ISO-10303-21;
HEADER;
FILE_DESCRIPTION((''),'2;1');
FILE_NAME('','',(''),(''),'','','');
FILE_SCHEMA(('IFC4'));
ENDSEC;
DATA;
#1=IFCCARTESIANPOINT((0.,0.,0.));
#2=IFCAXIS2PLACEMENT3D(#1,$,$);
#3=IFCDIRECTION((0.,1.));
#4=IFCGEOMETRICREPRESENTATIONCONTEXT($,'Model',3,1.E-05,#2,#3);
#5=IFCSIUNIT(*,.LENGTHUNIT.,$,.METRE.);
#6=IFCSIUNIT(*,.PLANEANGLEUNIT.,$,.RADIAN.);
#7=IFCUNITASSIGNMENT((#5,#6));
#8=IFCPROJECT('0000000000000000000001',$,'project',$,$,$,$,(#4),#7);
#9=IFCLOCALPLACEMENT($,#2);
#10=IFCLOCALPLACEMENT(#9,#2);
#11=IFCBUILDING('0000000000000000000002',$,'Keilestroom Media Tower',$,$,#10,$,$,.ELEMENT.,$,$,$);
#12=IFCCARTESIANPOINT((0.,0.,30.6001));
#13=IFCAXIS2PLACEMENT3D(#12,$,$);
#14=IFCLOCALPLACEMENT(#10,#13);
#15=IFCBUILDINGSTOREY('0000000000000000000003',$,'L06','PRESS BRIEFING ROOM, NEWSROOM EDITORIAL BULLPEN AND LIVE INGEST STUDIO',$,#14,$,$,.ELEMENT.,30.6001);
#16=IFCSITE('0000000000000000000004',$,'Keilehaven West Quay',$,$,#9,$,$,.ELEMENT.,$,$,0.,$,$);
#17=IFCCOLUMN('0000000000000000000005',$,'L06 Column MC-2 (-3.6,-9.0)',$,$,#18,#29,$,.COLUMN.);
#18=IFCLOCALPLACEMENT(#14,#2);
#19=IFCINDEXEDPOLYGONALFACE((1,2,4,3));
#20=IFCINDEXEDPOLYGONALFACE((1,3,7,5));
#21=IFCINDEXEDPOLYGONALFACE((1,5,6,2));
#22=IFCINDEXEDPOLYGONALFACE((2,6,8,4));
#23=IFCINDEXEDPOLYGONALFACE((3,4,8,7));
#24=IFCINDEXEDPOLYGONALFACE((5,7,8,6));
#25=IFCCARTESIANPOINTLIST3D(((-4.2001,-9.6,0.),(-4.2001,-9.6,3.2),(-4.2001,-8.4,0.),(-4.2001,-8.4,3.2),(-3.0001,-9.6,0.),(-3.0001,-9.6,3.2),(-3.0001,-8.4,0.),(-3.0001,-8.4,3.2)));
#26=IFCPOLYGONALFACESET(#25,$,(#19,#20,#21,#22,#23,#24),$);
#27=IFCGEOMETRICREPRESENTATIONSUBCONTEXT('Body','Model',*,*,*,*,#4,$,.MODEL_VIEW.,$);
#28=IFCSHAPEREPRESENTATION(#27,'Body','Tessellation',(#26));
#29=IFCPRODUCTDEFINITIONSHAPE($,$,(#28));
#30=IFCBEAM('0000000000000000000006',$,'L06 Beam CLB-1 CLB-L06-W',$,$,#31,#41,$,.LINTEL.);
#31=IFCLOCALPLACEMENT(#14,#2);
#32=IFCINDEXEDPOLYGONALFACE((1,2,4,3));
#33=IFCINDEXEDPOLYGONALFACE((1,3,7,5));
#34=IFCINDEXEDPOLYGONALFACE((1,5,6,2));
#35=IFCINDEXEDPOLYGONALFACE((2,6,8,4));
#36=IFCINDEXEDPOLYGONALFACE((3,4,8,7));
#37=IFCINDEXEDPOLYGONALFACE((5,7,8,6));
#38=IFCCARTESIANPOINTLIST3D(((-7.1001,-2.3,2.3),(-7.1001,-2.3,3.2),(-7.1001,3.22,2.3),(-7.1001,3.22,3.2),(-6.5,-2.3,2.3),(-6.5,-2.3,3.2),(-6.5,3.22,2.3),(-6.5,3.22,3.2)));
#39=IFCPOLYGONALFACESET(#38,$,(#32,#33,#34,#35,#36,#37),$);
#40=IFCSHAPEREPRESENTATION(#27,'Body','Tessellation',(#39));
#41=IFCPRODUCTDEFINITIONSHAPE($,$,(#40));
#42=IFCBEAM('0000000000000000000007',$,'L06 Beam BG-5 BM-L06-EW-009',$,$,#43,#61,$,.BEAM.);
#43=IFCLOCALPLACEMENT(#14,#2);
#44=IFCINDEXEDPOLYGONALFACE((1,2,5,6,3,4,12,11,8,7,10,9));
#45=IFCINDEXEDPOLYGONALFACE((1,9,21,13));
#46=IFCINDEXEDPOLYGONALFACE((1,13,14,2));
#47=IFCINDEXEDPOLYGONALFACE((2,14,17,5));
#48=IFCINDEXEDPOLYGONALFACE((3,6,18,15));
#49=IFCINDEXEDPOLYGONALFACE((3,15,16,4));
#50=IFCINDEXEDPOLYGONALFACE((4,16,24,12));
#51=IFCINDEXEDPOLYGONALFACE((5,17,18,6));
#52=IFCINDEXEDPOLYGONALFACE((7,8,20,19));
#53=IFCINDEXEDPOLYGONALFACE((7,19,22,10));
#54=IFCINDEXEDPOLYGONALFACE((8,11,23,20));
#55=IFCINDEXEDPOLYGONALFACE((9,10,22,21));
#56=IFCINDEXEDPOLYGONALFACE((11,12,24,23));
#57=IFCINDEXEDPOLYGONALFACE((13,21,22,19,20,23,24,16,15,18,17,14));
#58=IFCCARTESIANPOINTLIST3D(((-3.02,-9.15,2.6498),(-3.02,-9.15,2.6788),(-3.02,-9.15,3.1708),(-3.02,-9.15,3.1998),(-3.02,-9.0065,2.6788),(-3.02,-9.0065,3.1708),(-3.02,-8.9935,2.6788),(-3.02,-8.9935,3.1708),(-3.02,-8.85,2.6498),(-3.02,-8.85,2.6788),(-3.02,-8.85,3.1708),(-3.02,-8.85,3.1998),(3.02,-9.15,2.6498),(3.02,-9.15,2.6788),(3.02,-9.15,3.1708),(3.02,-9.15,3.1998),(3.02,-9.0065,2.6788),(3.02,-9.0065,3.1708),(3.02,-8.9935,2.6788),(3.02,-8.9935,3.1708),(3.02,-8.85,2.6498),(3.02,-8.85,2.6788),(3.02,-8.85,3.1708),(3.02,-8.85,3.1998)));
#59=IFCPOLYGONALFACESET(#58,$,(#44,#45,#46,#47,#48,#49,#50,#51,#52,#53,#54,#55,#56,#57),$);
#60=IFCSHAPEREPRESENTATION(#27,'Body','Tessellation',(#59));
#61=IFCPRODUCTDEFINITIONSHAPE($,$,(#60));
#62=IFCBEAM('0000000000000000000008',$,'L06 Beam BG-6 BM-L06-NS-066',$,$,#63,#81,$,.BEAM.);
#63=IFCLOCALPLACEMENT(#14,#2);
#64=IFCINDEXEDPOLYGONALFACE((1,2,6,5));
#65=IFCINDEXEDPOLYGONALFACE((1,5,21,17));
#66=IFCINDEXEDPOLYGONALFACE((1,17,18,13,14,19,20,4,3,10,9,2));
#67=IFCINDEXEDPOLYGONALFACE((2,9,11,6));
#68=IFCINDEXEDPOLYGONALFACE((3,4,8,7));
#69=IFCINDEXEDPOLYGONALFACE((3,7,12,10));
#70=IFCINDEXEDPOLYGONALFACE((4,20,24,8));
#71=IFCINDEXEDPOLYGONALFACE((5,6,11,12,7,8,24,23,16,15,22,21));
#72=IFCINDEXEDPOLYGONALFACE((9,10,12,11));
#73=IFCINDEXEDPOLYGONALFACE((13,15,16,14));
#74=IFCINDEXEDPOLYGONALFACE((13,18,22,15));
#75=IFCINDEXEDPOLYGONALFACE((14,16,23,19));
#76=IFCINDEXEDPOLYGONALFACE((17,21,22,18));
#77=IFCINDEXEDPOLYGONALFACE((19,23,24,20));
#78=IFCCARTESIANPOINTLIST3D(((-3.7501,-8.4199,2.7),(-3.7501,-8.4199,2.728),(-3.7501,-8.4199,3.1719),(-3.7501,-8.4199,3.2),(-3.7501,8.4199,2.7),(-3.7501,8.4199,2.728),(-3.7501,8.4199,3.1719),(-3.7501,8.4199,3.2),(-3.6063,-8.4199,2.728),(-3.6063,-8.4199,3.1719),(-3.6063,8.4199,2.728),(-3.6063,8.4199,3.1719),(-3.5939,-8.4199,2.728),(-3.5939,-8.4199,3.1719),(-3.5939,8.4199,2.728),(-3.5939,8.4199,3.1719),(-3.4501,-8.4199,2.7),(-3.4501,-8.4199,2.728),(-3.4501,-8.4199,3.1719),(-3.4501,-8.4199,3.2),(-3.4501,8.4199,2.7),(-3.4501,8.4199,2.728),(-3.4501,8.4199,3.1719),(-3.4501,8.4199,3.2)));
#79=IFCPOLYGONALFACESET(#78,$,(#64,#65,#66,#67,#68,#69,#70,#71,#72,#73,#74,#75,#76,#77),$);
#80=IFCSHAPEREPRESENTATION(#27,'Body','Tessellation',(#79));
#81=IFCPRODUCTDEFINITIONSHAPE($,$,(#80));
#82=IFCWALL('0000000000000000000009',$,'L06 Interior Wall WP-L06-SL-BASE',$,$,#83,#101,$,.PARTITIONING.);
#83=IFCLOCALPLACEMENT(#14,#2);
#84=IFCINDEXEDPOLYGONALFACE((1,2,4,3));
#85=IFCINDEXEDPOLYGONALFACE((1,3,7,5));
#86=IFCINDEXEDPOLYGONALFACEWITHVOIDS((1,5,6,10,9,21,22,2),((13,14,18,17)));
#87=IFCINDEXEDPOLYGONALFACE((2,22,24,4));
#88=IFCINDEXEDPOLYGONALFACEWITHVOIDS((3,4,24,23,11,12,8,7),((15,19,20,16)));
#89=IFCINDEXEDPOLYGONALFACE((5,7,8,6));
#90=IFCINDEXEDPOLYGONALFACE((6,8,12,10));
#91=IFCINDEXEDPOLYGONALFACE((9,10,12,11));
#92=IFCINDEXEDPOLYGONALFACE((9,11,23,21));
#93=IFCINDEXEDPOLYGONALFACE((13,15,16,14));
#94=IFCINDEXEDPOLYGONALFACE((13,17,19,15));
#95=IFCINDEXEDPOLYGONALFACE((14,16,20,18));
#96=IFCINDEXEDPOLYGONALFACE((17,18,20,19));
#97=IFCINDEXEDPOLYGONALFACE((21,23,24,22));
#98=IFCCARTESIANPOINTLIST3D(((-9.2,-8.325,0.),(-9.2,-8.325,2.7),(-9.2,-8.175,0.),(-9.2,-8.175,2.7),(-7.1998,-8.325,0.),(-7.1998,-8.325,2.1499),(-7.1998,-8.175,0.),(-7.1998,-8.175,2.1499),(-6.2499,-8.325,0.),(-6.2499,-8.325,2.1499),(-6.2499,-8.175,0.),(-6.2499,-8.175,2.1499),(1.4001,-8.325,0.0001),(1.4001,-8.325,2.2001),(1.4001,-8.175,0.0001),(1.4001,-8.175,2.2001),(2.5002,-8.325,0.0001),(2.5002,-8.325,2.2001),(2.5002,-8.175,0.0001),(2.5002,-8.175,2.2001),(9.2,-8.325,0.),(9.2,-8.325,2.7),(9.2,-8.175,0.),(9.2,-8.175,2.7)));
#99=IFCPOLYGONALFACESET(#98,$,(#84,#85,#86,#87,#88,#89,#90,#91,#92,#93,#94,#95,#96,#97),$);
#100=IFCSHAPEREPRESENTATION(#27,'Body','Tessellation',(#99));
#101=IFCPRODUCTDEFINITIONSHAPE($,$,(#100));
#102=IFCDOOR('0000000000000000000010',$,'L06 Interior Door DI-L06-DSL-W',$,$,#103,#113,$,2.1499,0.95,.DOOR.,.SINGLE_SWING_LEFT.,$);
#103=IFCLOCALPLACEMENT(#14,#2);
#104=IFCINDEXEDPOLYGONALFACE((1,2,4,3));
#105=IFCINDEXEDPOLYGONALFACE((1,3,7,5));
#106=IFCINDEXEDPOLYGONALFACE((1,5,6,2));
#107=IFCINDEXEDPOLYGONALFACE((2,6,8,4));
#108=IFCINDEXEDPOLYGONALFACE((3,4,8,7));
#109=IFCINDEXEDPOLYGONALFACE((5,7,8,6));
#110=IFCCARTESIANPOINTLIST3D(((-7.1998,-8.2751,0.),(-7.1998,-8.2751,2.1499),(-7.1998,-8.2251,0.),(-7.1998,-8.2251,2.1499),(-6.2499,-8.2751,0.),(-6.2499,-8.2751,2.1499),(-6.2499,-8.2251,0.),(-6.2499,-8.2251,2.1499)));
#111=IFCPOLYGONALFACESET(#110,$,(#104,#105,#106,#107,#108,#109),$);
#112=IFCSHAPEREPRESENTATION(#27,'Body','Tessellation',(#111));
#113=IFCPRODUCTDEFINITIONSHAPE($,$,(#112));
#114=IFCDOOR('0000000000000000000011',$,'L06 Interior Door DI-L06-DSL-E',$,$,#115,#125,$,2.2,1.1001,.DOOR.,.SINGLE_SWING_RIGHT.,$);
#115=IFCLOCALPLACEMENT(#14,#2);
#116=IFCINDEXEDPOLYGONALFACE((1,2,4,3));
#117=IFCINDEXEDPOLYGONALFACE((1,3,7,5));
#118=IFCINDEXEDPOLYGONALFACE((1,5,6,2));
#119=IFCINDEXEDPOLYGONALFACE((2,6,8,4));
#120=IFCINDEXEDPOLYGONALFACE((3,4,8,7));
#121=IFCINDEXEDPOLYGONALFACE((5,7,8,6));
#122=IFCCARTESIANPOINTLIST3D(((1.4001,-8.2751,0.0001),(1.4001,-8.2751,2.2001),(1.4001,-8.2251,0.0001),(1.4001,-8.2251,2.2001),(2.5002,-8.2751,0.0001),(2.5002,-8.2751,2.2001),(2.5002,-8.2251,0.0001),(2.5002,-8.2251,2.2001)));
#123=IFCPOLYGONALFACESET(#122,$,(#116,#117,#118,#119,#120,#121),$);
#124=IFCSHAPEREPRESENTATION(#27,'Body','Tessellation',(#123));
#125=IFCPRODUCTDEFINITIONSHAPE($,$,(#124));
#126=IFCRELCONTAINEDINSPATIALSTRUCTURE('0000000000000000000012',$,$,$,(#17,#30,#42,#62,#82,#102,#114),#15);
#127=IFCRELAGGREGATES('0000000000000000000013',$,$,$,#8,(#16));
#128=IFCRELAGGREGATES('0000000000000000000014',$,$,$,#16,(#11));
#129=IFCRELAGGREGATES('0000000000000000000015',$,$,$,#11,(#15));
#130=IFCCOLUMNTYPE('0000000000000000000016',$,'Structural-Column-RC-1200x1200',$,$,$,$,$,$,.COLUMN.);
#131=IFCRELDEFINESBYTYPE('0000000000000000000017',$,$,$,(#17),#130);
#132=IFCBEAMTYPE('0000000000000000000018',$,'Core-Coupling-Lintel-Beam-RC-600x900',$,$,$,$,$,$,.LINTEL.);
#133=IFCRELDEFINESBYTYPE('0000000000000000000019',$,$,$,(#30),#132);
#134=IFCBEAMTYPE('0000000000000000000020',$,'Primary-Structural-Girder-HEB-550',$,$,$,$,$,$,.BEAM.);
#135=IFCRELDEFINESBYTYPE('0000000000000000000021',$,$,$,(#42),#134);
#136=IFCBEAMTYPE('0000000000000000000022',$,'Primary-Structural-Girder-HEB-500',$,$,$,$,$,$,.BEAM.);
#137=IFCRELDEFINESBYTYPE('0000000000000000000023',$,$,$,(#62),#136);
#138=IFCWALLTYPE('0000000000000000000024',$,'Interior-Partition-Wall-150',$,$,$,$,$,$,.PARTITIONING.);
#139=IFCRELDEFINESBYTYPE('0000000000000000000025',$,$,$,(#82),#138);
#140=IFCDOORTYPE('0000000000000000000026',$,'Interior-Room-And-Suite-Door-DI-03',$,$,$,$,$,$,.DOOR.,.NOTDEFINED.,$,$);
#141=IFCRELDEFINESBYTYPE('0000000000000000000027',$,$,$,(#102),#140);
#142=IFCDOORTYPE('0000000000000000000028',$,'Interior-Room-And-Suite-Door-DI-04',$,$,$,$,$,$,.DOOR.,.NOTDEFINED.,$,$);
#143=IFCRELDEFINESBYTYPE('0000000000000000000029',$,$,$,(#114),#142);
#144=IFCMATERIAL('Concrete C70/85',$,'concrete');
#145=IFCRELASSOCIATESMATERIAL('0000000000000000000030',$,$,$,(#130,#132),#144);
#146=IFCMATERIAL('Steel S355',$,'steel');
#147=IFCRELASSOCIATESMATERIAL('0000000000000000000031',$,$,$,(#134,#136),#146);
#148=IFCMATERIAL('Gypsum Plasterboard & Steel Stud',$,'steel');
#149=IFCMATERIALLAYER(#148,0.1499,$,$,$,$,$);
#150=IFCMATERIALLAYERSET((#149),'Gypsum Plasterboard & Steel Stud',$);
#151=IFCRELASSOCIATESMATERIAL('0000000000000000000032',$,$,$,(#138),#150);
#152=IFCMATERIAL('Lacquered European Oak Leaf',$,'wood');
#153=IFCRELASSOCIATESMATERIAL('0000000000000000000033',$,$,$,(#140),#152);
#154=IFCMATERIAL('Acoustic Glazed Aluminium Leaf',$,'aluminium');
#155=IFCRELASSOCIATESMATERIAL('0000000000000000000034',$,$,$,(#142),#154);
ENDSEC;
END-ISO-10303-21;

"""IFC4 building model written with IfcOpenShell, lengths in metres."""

from ifc_helpers import new_model, si_unit, direction, frame, frame_2d, origin, origin_2d, place, context, subcontext, project, spatial, rectangle, i_section, extrude, source, transform, mapped, material, layer, layer_set, material_profile, profile_set, type_object, element, fill, save


model = new_model("IFC4")

# Units and contexts
model_context = context("Model", 3, precision=1e-05, world=origin(), true_north=direction((0.0, 1.0)))
body_context = subcontext(model_context, "Body", "Model", "MODEL_VIEW")
ifc_project = project(units=[si_unit("LENGTHUNIT", "METRE"), si_unit("PLANEANGLEUNIT", "RADIAN")], contexts=[model_context])

# Site, building, storey
site_placement = place(None, origin())
site = spatial("IfcSite", under=ifc_project, at=site_placement, Name="Keilehaven West Quay", CompositionType="ELEMENT", RefElevation=0.0)
building_placement = place(site_placement, origin())
building = spatial("IfcBuilding", under=site, at=building_placement, Name="Keilestroom Media Tower", CompositionType="ELEMENT")
storey_placement = place(building_placement, frame((0.0, 0.0, 30.6001)))
storey = spatial("IfcBuildingStorey", under=building, at=storey_placement, Name="L06", Description="PRESS BRIEFING ROOM, NEWSROOM EDITORIAL BULLPEN AND LIVE INGEST STUDIO", CompositionType="ELEMENT", Elevation=30.6001)

# Column
ifc_material_1 = material(Name="Concrete C70/85", Category="concrete")
ifc_material_profile_1 = material_profile(ifc_material_1, rectangle(XDim=1.2, YDim=1.2, at=origin_2d()), Name="RC 1200x1200")
ifc_profile_set_1 = profile_set([ifc_material_profile_1], Name="Concrete C70/85")
column_type = type_object("IfcColumnType", Name="Structural-Column-RC-1200x1200", PredefinedType="COLUMN", material=ifc_profile_set_1)
shared_shape_1 = source(origin(), body_context, "Body", "SweptSolid", [
    extrude(rectangle(XDim=1.2, YDim=1.2, at=origin_2d()), origin(), (0.0, 0.0, 1.0), 3.2),
])
column_placement = place(storey_placement, frame((-3.6001, -9.0, 0.0), z_axis=(0.0, 0.0, 1.0), x_axis=(1.0, 0.0, 0.0)))
element("IfcColumn", 1, at=column_placement, inside=storey, type_object=column_type, Name="L06 Column MC-2 (-3.6,-9.0)", PredefinedType="COLUMN", context=body_context, shape_type="MappedRepresentation", body=[
    mapped(shared_shape_1, transform((0.0, 0.0, 0.0), x_axis=(1.0, 0.0, 0.0), y_axis=(0.0, 1.0, 0.0), z_axis=(0.0, 0.0, 1.0), scale=1.0)),
])

# Beams
ifc_material_profile_2 = material_profile(ifc_material_1, rectangle(XDim=0.6001, YDim=0.8999, at=origin_2d()), Name="RC 600x900")
ifc_profile_set_2 = profile_set([ifc_material_profile_2], Name="Concrete C70/85")
beam_type_1 = type_object("IfcBeamType", Name="Core-Coupling-Lintel-Beam-RC-600x900", PredefinedType="LINTEL", material=ifc_profile_set_2)
shared_shape_2 = source(origin(), body_context, "Body", "SweptSolid", [
    extrude(rectangle(XDim=0.6001, YDim=0.8999, at=origin_2d()), origin(), (0.0, 0.0, 1.0), 5.52),
])
beam_1_placement = place(storey_placement, frame((-6.8, -2.3, 2.75), z_axis=(0.0, 1.0, 0.0), x_axis=(-1.0, 0.0, 0.0)))
element("IfcBeam", 2, at=beam_1_placement, inside=storey, type_object=beam_type_1, Name="L06 Beam CLB-1 CLB-L06-W", PredefinedType="LINTEL", context=body_context, shape_type="MappedRepresentation", body=[
    mapped(shared_shape_2, transform((0.0, 0.0, 0.0), x_axis=(1.0, 0.0, 0.0), y_axis=(0.0, 1.0, 0.0), z_axis=(0.0, 0.0, 1.0), scale=1.0)),
])
ifc_material_2 = material(Name="Steel S355", Category="steel")
ifc_material_profile_3 = material_profile(ifc_material_2, i_section(OverallWidth=0.3, OverallDepth=0.55, WebThickness=0.0129, FlangeThickness=0.0291, at=origin_2d()), Name="HEB 550")
ifc_profile_set_3 = profile_set([ifc_material_profile_3], Name="Steel S355")
beam_type_2 = type_object("IfcBeamType", Name="Primary-Structural-Girder-HEB-550", PredefinedType="BEAM", material=ifc_profile_set_3)
shared_shape_3 = source(origin(), body_context, "Body", "SweptSolid", [
    extrude(i_section(OverallWidth=0.3, OverallDepth=0.55, WebThickness=0.0129, FlangeThickness=0.0291, at=origin_2d()), origin(), (0.0, 0.0, 1.0), 6.04),
])
beam_2_placement = place(storey_placement, frame((-3.02, -9.0, 2.9248), z_axis=(1.0, 0.0, 0.0), x_axis=(0.0, 1.0, 0.0)))
element("IfcBeam", 3, at=beam_2_placement, inside=storey, type_object=beam_type_2, Name="L06 Beam BG-5 BM-L06-EW-009", PredefinedType="BEAM", context=body_context, shape_type="MappedRepresentation", body=[
    mapped(shared_shape_3, transform((0.0, 0.0, 0.0), x_axis=(1.0, 0.0, 0.0), y_axis=(0.0, 1.0, 0.0), z_axis=(0.0, 0.0, 1.0), scale=1.0)),
])
ifc_material_profile_4 = material_profile(ifc_material_2, i_section(OverallWidth=0.3, OverallDepth=0.5, WebThickness=0.0125, FlangeThickness=0.0281, at=origin_2d()), Name="HEB 500")
ifc_profile_set_4 = profile_set([ifc_material_profile_4], Name="Steel S355")
beam_type_3 = type_object("IfcBeamType", Name="Primary-Structural-Girder-HEB-500", PredefinedType="BEAM", material=ifc_profile_set_4)
shared_shape_4 = source(origin(), body_context, "Body", "SweptSolid", [
    extrude(i_section(OverallWidth=0.3, OverallDepth=0.5, WebThickness=0.0125, FlangeThickness=0.0281, at=origin_2d()), origin(), (0.0, 0.0, 1.0), 16.8398),
])
beam_3_placement = place(storey_placement, frame((-3.6001, -8.4199, 2.95), z_axis=(0.0, 1.0, 0.0), x_axis=(-1.0, 0.0, 0.0)))
element("IfcBeam", 4, at=beam_3_placement, inside=storey, type_object=beam_type_3, Name="L06 Beam BG-6 BM-L06-NS-066", PredefinedType="BEAM", context=body_context, shape_type="MappedRepresentation", body=[
    mapped(shared_shape_4, transform((0.0, 0.0, 0.0), x_axis=(1.0, 0.0, 0.0), y_axis=(0.0, 1.0, 0.0), z_axis=(0.0, 0.0, 1.0), scale=1.0)),
])

# Wall, openings, doors
ifc_material_3 = material(Name="Gypsum Plasterboard & Steel Stud", Category="steel")
ifc_layer_1 = layer(ifc_material_3, 0.1499)
ifc_layer_set_1 = layer_set([ifc_layer_1], Name="Gypsum Plasterboard & Steel Stud")
wall_type_1 = type_object("IfcWallType", Name="Interior-Partition-Wall-150", PredefinedType="PARTITIONING", material=ifc_layer_set_1)
wall_1_placement = place(storey_placement, frame((-9.2, -8.25, 0.0), z_axis=(0.0, 0.0, 1.0), x_axis=(1.0, 0.0, 0.0)))
wall_1 = element("IfcWall", 5, at=wall_1_placement, inside=storey, type_object=wall_type_1, Name="L06 Interior Wall WP-L06-SL-BASE", PredefinedType="PARTITIONING", context=body_context, shape_type="SweptSolid", body=[
    extrude(rectangle(XDim=18.3999, YDim=0.1499, at=frame_2d((9.2, 0.0))), origin(), (0.0, 0.0, 1.0), 2.7),
])
opening_1_placement = place(wall_1_placement, frame((2.0, 0.0, 0.0)))
opening_1 = element("IfcOpeningElement", 6, at=opening_1_placement, cuts=wall_1, PredefinedType="OPENING", context=body_context, shape_type="SweptSolid", body=[
    extrude(rectangle(XDim=0.95, YDim=2.1499, at=frame_2d((0.4751, 1.075))), frame((0.0, 0.085, 0.0), z_axis=(0.0, -1.0, 0.0), x_axis=(1.0, 0.0, 0.0)), (0.0, 0.0, 1.0), 0.1699),
])
opening_2_placement = place(wall_1_placement, frame((10.6001, 0.0, 0.0)))
opening_2 = element("IfcOpeningElement", 7, at=opening_2_placement, cuts=wall_1, PredefinedType="OPENING", context=body_context, shape_type="SweptSolid", body=[
    extrude(rectangle(XDim=1.1001, YDim=2.2, at=frame_2d((0.55, 1.1001))), frame((0.0, 0.085, 0.0), z_axis=(0.0, -1.0, 0.0), x_axis=(1.0, 0.0, 0.0)), (0.0, 0.0, 1.0), 0.1699),
])
ifc_material_4 = material(Name="Lacquered European Oak Leaf", Category="wood")
door_type_1 = type_object("IfcDoorType", Name="Interior-Room-And-Suite-Door-DI-03", OperationType="NOTDEFINED", PredefinedType="DOOR", material=ifc_material_4)
shared_shape_5 = source(origin(), body_context, "Body", "SweptSolid", [
    extrude(rectangle(XDim=0.95, YDim=2.1499, at=frame_2d((0.4751, 1.075))), frame((0.0, 0.0249, 0.0), z_axis=(0.0, -1.0, 0.0), x_axis=(1.0, 0.0, 0.0)), (0.0, 0.0, 1.0), 0.05),
])
door_1_placement = place(opening_1_placement, origin())
door_1 = element("IfcDoor", 8, at=door_1_placement, inside=storey, type_object=door_type_1, Name="L06 Interior Door DI-L06-DSL-W", OperationType="SINGLE_SWING_LEFT", OverallHeight=2.1499, OverallWidth=0.95, PredefinedType="DOOR", context=body_context, shape_type="MappedRepresentation", body=[
    mapped(shared_shape_5, transform((0.0, 0.0, 0.0), x_axis=(1.0, 0.0, 0.0), y_axis=(0.0, 1.0, 0.0), z_axis=(0.0, 0.0, 1.0), scale=1.0)),
])
fill(opening_1, door_1)
ifc_material_5 = material(Name="Acoustic Glazed Aluminium Leaf", Category="aluminium")
door_type_2 = type_object("IfcDoorType", Name="Interior-Room-And-Suite-Door-DI-04", OperationType="NOTDEFINED", PredefinedType="DOOR", material=ifc_material_5)
shared_shape_6 = source(origin(), body_context, "Body", "SweptSolid", [
    extrude(rectangle(XDim=1.1001, YDim=2.2, at=frame_2d((0.55, 1.1001))), frame((0.0, 0.0249, 0.0), z_axis=(0.0, -1.0, 0.0), x_axis=(1.0, 0.0, 0.0)), (0.0, 0.0, 1.0), 0.05),
])
door_2_placement = place(opening_2_placement, origin())
door_2 = element("IfcDoor", 9, at=door_2_placement, inside=storey, type_object=door_type_2, Name="L06 Interior Door DI-L06-DSL-E", OperationType="SINGLE_SWING_RIGHT", OverallHeight=2.2, OverallWidth=1.1001, PredefinedType="DOOR", context=body_context, shape_type="MappedRepresentation", body=[
    mapped(shared_shape_6, transform((0.0, 0.0, 0.0), x_axis=(1.0, 0.0, 0.0), y_axis=(0.0, 1.0, 0.0), z_axis=(0.0, 0.0, 1.0), scale=1.0)),
])
fill(opening_2, door_2)

save(model, "model.ifc")
